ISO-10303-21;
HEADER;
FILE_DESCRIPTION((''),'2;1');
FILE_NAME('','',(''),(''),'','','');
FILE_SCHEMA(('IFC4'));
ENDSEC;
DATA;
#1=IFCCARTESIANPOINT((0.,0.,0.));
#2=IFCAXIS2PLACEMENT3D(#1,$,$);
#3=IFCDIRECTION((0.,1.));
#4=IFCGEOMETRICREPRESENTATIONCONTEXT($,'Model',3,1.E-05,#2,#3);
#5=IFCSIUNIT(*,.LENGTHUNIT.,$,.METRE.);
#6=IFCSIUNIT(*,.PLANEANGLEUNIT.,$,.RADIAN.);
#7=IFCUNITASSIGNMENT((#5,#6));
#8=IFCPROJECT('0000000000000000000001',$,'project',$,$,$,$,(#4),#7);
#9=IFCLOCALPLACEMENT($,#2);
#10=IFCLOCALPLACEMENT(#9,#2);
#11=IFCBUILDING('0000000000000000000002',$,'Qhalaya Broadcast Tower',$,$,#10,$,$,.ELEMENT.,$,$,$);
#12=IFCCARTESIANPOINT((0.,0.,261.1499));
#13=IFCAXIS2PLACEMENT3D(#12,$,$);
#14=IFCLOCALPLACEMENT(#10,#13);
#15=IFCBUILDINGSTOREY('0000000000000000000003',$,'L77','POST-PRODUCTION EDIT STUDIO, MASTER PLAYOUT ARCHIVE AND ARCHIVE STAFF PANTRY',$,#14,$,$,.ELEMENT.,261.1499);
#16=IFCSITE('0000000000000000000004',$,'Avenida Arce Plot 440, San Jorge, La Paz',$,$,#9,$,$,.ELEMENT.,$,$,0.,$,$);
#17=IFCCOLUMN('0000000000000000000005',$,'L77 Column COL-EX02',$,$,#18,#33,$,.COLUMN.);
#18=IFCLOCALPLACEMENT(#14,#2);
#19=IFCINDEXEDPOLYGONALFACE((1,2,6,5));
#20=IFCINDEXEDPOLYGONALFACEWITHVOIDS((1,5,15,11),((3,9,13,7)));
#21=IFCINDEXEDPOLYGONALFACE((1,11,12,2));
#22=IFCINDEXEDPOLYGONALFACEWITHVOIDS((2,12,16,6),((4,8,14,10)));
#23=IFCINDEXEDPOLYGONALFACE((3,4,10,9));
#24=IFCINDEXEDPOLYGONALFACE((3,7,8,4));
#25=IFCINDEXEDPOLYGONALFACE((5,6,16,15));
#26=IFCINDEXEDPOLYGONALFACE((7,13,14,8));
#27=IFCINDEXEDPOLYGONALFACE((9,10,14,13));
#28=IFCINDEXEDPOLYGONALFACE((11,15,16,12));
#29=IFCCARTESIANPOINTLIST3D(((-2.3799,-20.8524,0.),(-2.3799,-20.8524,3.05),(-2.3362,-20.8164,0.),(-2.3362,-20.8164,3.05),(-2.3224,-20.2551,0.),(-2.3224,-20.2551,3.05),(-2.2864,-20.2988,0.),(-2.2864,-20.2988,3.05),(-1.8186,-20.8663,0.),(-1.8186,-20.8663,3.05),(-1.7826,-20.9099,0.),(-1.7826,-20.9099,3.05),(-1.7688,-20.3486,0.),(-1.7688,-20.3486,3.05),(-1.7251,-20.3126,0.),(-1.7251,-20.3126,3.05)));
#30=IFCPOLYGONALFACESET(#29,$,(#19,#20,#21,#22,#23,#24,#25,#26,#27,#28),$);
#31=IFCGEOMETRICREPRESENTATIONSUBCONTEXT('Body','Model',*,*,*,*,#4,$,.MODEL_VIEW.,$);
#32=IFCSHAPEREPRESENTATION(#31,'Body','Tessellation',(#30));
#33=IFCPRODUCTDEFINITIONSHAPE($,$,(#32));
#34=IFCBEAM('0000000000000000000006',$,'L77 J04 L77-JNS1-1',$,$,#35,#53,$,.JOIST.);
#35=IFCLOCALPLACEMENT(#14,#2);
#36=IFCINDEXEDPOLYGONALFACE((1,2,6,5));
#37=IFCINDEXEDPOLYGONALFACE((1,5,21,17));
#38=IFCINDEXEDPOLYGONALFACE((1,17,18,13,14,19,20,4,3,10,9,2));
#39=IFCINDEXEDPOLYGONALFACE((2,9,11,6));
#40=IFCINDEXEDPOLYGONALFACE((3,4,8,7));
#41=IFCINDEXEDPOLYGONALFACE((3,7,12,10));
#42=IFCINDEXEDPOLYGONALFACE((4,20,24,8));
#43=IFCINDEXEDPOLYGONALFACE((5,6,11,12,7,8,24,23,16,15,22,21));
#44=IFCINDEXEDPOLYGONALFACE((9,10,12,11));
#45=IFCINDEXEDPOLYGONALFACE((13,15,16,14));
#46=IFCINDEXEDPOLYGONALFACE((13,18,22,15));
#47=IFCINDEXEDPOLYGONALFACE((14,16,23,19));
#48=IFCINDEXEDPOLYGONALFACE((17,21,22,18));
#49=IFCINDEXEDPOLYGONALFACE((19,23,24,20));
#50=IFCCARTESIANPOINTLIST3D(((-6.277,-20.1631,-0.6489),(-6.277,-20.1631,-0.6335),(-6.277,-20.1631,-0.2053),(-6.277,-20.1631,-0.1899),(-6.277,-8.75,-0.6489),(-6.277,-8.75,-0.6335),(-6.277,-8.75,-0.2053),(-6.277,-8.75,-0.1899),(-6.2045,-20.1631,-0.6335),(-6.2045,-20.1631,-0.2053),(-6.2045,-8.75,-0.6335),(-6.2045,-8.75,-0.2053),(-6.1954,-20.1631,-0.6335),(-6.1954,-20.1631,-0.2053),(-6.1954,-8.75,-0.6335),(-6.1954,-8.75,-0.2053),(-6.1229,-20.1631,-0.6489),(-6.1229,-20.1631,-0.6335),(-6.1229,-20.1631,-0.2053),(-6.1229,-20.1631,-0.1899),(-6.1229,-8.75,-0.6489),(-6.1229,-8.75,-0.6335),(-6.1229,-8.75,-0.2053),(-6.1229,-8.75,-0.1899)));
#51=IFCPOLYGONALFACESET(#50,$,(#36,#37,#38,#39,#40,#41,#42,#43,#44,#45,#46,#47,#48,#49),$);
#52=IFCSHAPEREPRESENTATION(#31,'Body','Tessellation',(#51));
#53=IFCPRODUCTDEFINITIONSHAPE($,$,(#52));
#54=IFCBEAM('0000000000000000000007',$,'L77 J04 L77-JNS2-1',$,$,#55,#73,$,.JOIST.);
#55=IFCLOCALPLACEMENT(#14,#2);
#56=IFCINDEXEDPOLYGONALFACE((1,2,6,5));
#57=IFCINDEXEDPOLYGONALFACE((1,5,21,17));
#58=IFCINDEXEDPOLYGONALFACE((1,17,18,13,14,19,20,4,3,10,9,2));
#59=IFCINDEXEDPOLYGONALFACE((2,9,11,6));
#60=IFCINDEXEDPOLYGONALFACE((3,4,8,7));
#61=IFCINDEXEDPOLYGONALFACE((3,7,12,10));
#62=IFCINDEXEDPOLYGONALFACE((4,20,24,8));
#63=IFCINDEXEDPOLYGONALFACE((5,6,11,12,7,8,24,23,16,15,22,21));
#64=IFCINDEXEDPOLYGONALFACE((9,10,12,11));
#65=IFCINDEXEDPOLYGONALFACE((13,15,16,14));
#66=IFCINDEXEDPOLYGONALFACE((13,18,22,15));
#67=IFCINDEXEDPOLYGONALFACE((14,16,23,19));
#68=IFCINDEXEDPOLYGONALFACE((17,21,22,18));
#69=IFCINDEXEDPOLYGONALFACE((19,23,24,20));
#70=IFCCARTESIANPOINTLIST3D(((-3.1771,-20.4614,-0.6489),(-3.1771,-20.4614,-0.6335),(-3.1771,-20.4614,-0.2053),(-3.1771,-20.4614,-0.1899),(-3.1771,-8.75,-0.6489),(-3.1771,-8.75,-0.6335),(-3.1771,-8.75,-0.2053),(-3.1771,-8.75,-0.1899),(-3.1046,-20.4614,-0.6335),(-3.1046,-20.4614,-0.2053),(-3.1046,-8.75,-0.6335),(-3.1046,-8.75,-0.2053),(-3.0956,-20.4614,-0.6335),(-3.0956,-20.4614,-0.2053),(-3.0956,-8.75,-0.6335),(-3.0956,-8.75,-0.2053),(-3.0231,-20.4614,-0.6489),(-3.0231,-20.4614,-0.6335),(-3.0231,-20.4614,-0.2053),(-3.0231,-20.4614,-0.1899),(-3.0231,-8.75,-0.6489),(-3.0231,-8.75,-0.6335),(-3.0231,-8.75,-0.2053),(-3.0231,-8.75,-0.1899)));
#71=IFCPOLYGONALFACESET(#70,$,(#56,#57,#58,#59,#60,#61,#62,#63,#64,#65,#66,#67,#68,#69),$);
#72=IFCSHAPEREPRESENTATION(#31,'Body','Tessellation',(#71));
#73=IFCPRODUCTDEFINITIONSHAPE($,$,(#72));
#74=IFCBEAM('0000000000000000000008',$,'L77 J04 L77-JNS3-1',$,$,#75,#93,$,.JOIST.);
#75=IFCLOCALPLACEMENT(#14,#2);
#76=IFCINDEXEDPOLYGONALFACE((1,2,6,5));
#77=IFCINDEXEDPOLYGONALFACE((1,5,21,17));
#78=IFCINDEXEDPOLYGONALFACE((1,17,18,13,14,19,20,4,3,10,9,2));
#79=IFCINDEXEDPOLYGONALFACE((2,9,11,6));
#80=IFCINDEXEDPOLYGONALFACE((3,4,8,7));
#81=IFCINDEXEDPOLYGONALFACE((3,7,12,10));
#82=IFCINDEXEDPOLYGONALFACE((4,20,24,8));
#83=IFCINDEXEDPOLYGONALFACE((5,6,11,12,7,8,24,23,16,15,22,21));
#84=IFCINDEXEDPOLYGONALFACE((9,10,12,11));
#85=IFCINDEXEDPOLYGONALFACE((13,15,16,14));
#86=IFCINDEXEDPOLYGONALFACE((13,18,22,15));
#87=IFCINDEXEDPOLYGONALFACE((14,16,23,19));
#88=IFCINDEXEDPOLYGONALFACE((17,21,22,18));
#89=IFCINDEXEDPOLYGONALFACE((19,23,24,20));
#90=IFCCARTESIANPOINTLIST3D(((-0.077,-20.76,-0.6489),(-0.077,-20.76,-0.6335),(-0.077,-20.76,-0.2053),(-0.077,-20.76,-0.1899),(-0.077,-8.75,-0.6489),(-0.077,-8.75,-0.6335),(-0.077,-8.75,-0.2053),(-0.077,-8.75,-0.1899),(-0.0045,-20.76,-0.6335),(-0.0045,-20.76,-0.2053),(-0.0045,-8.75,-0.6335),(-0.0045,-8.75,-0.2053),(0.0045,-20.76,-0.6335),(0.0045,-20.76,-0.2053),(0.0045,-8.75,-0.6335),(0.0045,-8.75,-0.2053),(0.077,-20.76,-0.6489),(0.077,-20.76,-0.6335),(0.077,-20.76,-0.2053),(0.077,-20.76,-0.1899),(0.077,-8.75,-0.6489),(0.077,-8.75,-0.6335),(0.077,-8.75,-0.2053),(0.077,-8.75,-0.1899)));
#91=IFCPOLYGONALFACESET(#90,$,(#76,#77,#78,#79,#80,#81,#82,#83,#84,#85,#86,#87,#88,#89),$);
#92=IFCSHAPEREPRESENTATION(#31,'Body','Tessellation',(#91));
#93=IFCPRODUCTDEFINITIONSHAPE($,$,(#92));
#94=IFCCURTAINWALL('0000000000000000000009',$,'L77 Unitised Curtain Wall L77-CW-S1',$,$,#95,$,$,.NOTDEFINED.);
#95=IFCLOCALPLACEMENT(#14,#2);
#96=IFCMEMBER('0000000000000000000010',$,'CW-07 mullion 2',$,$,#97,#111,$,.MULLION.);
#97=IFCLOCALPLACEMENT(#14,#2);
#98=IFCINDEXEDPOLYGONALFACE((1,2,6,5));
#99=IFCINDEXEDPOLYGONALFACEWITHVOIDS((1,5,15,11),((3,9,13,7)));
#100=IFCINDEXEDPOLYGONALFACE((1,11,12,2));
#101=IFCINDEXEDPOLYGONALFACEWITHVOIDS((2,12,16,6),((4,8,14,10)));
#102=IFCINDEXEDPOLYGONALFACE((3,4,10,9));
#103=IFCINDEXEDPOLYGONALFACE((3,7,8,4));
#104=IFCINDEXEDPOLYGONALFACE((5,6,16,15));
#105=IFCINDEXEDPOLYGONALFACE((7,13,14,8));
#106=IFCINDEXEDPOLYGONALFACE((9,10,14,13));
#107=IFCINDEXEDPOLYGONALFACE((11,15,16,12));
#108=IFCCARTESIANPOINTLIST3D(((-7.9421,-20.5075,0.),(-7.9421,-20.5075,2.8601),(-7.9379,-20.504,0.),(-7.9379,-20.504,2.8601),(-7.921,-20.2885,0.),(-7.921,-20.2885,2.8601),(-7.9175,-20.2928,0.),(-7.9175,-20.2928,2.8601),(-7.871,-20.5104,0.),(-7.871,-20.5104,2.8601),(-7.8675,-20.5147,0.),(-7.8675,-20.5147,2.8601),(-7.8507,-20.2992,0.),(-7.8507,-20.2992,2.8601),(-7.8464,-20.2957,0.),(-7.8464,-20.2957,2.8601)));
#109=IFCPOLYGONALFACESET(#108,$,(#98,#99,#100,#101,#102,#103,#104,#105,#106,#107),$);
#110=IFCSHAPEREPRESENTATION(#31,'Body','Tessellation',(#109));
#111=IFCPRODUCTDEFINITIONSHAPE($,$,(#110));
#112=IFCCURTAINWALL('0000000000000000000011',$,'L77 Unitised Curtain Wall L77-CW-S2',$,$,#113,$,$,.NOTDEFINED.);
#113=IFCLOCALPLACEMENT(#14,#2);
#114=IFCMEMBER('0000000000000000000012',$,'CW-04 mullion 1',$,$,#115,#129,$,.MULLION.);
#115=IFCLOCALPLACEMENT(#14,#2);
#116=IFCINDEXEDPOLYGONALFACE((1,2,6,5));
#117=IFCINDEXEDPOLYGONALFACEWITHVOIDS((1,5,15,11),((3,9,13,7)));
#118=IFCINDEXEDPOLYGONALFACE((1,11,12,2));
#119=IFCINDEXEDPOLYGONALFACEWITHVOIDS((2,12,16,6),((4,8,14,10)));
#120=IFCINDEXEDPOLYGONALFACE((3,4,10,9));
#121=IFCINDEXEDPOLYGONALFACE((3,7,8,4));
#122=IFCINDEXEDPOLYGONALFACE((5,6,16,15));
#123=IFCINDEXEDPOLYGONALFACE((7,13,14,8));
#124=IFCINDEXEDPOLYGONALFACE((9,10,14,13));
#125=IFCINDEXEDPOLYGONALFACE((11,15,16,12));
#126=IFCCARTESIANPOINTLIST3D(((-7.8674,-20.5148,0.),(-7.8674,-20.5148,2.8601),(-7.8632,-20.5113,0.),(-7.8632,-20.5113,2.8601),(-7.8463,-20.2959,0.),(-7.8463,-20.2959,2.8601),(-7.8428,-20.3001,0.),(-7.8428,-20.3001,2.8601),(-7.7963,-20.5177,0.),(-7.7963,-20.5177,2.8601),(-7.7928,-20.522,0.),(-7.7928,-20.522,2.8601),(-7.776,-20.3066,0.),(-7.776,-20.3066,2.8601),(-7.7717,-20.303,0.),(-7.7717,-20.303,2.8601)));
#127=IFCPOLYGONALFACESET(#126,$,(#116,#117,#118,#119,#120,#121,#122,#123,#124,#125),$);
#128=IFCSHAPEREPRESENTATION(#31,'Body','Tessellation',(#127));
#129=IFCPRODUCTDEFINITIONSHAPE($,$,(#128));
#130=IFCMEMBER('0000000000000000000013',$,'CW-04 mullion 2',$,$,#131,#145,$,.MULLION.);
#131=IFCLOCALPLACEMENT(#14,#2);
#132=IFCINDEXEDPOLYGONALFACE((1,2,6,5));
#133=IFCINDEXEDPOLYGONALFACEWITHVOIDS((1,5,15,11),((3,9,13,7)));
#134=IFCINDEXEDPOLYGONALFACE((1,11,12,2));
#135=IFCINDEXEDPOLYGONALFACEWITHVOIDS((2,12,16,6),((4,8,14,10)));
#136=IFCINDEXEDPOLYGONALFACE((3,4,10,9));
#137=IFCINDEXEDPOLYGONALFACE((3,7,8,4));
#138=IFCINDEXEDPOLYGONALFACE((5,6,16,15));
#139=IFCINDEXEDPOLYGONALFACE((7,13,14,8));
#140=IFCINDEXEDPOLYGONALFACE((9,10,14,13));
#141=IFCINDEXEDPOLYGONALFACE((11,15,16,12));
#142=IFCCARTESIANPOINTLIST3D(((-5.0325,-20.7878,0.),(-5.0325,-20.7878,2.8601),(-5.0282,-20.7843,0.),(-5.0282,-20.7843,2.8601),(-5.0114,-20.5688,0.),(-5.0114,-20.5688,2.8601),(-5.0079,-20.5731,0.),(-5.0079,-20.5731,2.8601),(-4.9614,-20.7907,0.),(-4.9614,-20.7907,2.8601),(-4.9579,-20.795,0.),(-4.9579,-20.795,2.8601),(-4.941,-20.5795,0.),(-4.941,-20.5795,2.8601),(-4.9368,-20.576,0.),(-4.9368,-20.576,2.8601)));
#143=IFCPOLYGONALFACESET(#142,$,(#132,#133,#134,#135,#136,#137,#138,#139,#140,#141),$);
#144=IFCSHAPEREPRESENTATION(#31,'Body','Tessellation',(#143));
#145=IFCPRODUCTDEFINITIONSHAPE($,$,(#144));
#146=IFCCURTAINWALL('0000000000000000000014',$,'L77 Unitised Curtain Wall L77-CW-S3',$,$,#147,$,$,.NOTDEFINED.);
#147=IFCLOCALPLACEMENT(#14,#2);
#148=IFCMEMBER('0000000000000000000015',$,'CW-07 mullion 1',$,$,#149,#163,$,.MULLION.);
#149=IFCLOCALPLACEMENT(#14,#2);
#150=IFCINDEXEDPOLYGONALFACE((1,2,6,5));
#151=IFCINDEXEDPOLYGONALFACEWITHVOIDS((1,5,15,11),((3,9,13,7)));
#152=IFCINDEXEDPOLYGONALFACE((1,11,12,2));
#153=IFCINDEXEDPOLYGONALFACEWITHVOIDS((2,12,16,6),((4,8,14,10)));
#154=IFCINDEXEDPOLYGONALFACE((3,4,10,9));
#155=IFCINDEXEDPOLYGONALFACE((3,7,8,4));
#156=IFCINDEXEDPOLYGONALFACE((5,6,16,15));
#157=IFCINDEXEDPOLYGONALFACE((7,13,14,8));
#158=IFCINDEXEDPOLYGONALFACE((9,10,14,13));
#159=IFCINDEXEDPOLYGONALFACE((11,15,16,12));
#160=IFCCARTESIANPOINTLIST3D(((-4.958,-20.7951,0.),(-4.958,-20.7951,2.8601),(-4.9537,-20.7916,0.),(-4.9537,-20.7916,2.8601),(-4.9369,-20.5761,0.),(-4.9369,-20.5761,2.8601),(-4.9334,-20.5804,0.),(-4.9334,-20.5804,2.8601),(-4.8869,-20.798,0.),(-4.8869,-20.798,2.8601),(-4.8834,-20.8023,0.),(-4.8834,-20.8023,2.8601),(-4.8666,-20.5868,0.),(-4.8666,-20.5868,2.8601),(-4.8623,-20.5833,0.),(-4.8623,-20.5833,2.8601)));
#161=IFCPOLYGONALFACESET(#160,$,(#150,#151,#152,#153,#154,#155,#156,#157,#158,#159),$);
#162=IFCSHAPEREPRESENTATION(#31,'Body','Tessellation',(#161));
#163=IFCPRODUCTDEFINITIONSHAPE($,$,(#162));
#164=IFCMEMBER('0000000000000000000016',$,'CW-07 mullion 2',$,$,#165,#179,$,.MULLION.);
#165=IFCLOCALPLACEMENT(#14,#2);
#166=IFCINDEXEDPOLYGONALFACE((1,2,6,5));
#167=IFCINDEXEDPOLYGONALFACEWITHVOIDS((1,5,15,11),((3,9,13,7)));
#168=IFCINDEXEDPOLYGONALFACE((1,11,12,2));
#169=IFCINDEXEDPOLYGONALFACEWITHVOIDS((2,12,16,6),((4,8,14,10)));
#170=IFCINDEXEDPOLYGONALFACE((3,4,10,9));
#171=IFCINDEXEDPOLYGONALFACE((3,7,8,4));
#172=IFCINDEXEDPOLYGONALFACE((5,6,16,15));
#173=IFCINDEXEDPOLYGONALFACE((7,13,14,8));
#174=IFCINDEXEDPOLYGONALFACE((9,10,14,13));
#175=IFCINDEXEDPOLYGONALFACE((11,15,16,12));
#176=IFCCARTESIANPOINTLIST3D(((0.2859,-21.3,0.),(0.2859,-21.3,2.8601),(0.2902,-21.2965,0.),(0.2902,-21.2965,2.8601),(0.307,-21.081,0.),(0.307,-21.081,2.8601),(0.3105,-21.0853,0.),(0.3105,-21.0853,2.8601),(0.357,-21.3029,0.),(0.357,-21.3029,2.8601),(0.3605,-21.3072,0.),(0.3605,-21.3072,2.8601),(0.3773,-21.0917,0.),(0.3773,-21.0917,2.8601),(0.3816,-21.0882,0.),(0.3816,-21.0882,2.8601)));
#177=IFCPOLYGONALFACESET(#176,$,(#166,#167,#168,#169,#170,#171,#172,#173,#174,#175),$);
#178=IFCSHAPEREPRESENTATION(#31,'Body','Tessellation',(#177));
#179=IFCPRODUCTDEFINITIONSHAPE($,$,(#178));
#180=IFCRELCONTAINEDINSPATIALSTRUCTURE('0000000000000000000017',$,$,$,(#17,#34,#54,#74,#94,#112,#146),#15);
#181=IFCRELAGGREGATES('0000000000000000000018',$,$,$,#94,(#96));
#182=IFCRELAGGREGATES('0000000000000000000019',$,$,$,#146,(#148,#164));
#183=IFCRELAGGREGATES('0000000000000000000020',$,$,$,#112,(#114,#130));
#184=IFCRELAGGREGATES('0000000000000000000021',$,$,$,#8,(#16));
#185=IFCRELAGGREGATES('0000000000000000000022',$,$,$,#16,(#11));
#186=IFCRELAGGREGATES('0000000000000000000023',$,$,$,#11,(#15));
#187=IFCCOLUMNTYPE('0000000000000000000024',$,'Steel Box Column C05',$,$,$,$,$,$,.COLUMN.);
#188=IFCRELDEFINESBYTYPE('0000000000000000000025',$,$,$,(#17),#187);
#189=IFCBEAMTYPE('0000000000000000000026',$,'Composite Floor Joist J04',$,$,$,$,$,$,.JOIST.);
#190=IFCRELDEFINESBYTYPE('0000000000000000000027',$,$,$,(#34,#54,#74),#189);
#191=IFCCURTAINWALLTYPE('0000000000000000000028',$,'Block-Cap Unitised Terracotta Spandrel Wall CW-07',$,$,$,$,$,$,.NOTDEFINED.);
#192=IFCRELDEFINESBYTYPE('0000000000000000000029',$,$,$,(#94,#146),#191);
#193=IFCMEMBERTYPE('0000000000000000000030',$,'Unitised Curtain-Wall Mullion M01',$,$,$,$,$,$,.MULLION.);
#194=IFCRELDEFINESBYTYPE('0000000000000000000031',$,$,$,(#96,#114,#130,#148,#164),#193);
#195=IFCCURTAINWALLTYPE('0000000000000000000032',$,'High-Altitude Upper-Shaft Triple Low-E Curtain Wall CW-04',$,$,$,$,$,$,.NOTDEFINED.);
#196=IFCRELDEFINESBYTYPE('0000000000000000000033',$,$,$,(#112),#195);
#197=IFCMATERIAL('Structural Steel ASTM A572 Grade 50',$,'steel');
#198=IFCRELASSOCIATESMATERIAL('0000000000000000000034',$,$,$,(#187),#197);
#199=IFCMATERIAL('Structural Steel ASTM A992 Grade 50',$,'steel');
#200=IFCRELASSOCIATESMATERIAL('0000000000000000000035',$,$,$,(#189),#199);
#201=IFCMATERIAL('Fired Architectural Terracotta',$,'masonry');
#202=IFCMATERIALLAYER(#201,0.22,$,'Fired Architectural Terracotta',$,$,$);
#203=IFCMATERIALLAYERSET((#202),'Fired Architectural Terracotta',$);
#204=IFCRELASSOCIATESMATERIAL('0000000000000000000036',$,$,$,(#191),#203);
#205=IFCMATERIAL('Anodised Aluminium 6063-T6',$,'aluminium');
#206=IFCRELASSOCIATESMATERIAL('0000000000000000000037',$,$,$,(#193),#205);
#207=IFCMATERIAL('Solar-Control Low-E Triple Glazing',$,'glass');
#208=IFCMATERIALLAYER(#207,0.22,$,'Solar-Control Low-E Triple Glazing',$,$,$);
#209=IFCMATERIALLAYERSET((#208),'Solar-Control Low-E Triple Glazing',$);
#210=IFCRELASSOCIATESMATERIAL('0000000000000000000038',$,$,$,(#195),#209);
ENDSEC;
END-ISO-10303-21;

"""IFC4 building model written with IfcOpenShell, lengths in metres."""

from ifc_helpers import new_model, si_unit, direction, frame, origin, origin_2d, place, context, subcontext, project, spatial, hollow_rectangle, i_section, extrude, material, layer, layer_set, material_profile, profile_set, type_object, element, aggregate, save


model = new_model("IFC4")

# Units and contexts
model_context = context("Model", 3, precision=1e-05, world=origin(), true_north=direction((0.0, 1.0)))
body_context = subcontext(model_context, "Body", "Model", "MODEL_VIEW")
ifc_project = project(units=[si_unit("LENGTHUNIT", "METRE"), si_unit("PLANEANGLEUNIT", "RADIAN")], contexts=[model_context])

# Site, building, storey
site_placement = place(None, origin())
site = spatial("IfcSite", under=ifc_project, at=site_placement, Name="Avenida Arce Plot 440, San Jorge, La Paz", CompositionType="ELEMENT", RefElevation=0.0)
building_placement = place(site_placement, origin())
building = spatial("IfcBuilding", under=site, at=building_placement, Name="Qhalaya Broadcast Tower", CompositionType="ELEMENT")
storey_placement = place(building_placement, frame((0.0, 0.0, 261.1499)))
storey = spatial("IfcBuildingStorey", under=building, at=storey_placement, Name="L77", Description="POST-PRODUCTION EDIT STUDIO, MASTER PLAYOUT ARCHIVE AND ARCHIVE STAFF PANTRY", CompositionType="ELEMENT", Elevation=261.1499)

# Column
ifc_material_1 = material(Name="Structural Steel ASTM A572 Grade 50", Category="steel")
ifc_material_profile_1 = material_profile(ifc_material_1, hollow_rectangle(XDim=0.6001, YDim=0.6001, WallThickness=0.04, at=origin_2d()), Name="BOX 600x600x40")
ifc_profile_set_1 = profile_set([ifc_material_profile_1], Name="Structural Steel ASTM A572 Grade 50")
column_type = type_object("IfcColumnType", Name="Steel Box Column C05", PredefinedType="COLUMN", material=ifc_profile_set_1)
column_placement = place(storey_placement, frame((-2.0525, -20.5825, 0.0), z_axis=(0.0, 0.0, 1.0), x_axis=(0.995396, -0.095846, 0.0)))
element("IfcColumn", 1, at=column_placement, inside=storey, type_object=column_type, Name="L77 Column COL-EX02", PredefinedType="COLUMN", context=body_context, shape_type="SweptSolid", body=[
    extrude(hollow_rectangle(XDim=0.6001, YDim=0.6001, WallThickness=0.04, at=origin_2d()), origin(), (0.0, 0.0, 1.0), 3.05),
])

# Beams
ifc_material_2 = material(Name="Structural Steel ASTM A992 Grade 50", Category="steel")
ifc_material_profile_2 = material_profile(ifc_material_2, i_section(OverallWidth=0.1541, OverallDepth=0.459, WebThickness=0.009, FlangeThickness=0.0154, at=origin_2d()), Name="W18X46")
ifc_profile_set_2 = profile_set([ifc_material_profile_2], Name="Structural Steel ASTM A992 Grade 50")
beam_type_1 = type_object("IfcBeamType", Name="Composite Floor Joist J04", PredefinedType="JOIST", material=ifc_profile_set_2)
beam_1_placement = place(storey_placement, frame((-6.2, -20.1631, -0.4194), z_axis=(0.0, 1.0, 0.0), x_axis=(-1.0, 0.0, 0.0)))
element("IfcBeam", 2, at=beam_1_placement, inside=storey, type_object=beam_type_1, Name="L77 J04 L77-JNS1-1", PredefinedType="JOIST", context=body_context, shape_type="SweptSolid", body=[
    extrude(i_section(OverallWidth=0.1541, OverallDepth=0.459, WebThickness=0.009, FlangeThickness=0.0154, at=origin_2d()), origin(), (0.0, 0.0, 1.0), 11.4131),
])
beam_2_placement = place(storey_placement, frame((-3.1001, -20.4614, -0.4194), z_axis=(0.0, 1.0, 0.0), x_axis=(-1.0, 0.0, 0.0)))
element("IfcBeam", 3, at=beam_2_placement, inside=storey, type_object=beam_type_1, Name="L77 J04 L77-JNS2-1", PredefinedType="JOIST", context=body_context, shape_type="SweptSolid", body=[
    extrude(i_section(OverallWidth=0.1541, OverallDepth=0.459, WebThickness=0.009, FlangeThickness=0.0154, at=origin_2d()), origin(), (0.0, 0.0, 1.0), 11.7114),
])
beam_3_placement = place(storey_placement, frame((0.0, -20.76, -0.4194), z_axis=(0.0, 1.0, 0.0), x_axis=(-1.0, 0.0, 0.0)))
element("IfcBeam", 4, at=beam_3_placement, inside=storey, type_object=beam_type_1, Name="L77 J04 L77-JNS3-1", PredefinedType="JOIST", context=body_context, shape_type="SweptSolid", body=[
    extrude(i_section(OverallWidth=0.1541, OverallDepth=0.459, WebThickness=0.009, FlangeThickness=0.0154, at=origin_2d()), origin(), (0.0, 0.0, 1.0), 12.01),
])

# Curtain wall, member
ifc_material_3 = material(Name="Fired Architectural Terracotta", Category="masonry")
ifc_layer_1 = layer(ifc_material_3, 0.22, Name="Fired Architectural Terracotta")
ifc_layer_set_1 = layer_set([ifc_layer_1], Name="Fired Architectural Terracotta")
curtain_wall_type_1 = type_object("IfcCurtainWallType", Name="Block-Cap Unitised Terracotta Spandrel Wall CW-07", PredefinedType="NOTDEFINED", material=ifc_layer_set_1)
curtain_wall_1_placement = place(storey_placement, origin())
curtain_wall_1 = element("IfcCurtainWall", 5, at=curtain_wall_1_placement, inside=storey, type_object=curtain_wall_type_1, Name="L77 Unitised Curtain Wall L77-CW-S1", PredefinedType="NOTDEFINED")
ifc_material_4 = material(Name="Anodised Aluminium 6063-T6", Category="aluminium")
ifc_material_profile_3 = material_profile(ifc_material_4, hollow_rectangle(XDim=0.075, YDim=0.22, WallThickness=0.0039, at=origin_2d()), Name="ALU-MUL 75x220x4")
ifc_profile_set_3 = profile_set([ifc_material_profile_3], Name="Anodised Aluminium 6063-T6")
member_type_1 = type_object("IfcMemberType", Name="Unitised Curtain-Wall Mullion M01", PredefinedType="MULLION", material=ifc_profile_set_3)
member_1_placement = place(storey_placement, frame((-7.8943, -20.4016, 0.0), z_axis=(0.0, 0.0, 1.0), x_axis=(0.995396, -0.095848, 0.0)))
member_1 = element("IfcMember", 6, at=member_1_placement, type_object=member_type_1, Name="CW-07 mullion 2", PredefinedType="MULLION", context=body_context, shape_type="SweptSolid", body=[
    extrude(hollow_rectangle(XDim=0.075, YDim=0.22, WallThickness=0.0039, at=origin_2d()), origin(), (0.0, 0.0, 1.0), 2.8601),
])

# Curtain walls, members
ifc_material_5 = material(Name="Solar-Control Low-E Triple Glazing", Category="glass")
ifc_layer_2 = layer(ifc_material_5, 0.22, Name="Solar-Control Low-E Triple Glazing")
ifc_layer_set_2 = layer_set([ifc_layer_2], Name="Solar-Control Low-E Triple Glazing")
curtain_wall_type_2 = type_object("IfcCurtainWallType", Name="High-Altitude Upper-Shaft Triple Low-E Curtain Wall CW-04", PredefinedType="NOTDEFINED", material=ifc_layer_set_2)
curtain_wall_2_placement = place(storey_placement, origin())
curtain_wall_2 = element("IfcCurtainWall", 7, at=curtain_wall_2_placement, inside=storey, type_object=curtain_wall_type_2, Name="L77 Unitised Curtain Wall L77-CW-S2", PredefinedType="NOTDEFINED")
member_2_placement = place(storey_placement, frame((-7.8196, -20.4089, 0.0), z_axis=(0.0, 0.0, 1.0), x_axis=(0.995395, -0.095862, 0.0)))
member_2 = element("IfcMember", 8, at=member_2_placement, type_object=member_type_1, Name="CW-04 mullion 1", PredefinedType="MULLION", context=body_context, shape_type="SweptSolid", body=[
    extrude(hollow_rectangle(XDim=0.075, YDim=0.22, WallThickness=0.0039, at=origin_2d()), origin(), (0.0, 0.0, 1.0), 2.8601),
])
member_3_placement = place(storey_placement, frame((-4.9846, -20.6819, 0.0), z_axis=(0.0, 0.0, 1.0), x_axis=(0.995395, -0.095862, 0.0)))
member_3 = element("IfcMember", 9, at=member_3_placement, type_object=member_type_1, Name="CW-04 mullion 2", PredefinedType="MULLION", context=body_context, shape_type="SweptSolid", body=[
    extrude(hollow_rectangle(XDim=0.075, YDim=0.22, WallThickness=0.0039, at=origin_2d()), origin(), (0.0, 0.0, 1.0), 2.8601),
])
curtain_wall_3_placement = place(storey_placement, origin())
curtain_wall_3 = element("IfcCurtainWall", 10, at=curtain_wall_3_placement, inside=storey, type_object=curtain_wall_type_1, Name="L77 Unitised Curtain Wall L77-CW-S3", PredefinedType="NOTDEFINED")
member_4_placement = place(storey_placement, frame((-4.9102, -20.6892, 0.0), z_axis=(0.0, 0.0, 1.0), x_axis=(0.995396, -0.095845, 0.0)))
member_4 = element("IfcMember", 11, at=member_4_placement, type_object=member_type_1, Name="CW-07 mullion 1", PredefinedType="MULLION", context=body_context, shape_type="SweptSolid", body=[
    extrude(hollow_rectangle(XDim=0.075, YDim=0.22, WallThickness=0.0039, at=origin_2d()), origin(), (0.0, 0.0, 1.0), 2.8601),
])
member_5_placement = place(storey_placement, frame((0.3337, -21.1941, 0.0), z_axis=(0.0, 0.0, 1.0), x_axis=(0.995396, -0.095845, 0.0)))
member_5 = element("IfcMember", 12, at=member_5_placement, type_object=member_type_1, Name="CW-07 mullion 2", PredefinedType="MULLION", context=body_context, shape_type="SweptSolid", body=[
    extrude(hollow_rectangle(XDim=0.075, YDim=0.22, WallThickness=0.0039, at=origin_2d()), origin(), (0.0, 0.0, 1.0), 2.8601),
])

aggregate(curtain_wall_1, [member_1])
aggregate(curtain_wall_3, [member_4, member_5])
aggregate(curtain_wall_2, [member_2, member_3])

save(model, "model.ifc")
